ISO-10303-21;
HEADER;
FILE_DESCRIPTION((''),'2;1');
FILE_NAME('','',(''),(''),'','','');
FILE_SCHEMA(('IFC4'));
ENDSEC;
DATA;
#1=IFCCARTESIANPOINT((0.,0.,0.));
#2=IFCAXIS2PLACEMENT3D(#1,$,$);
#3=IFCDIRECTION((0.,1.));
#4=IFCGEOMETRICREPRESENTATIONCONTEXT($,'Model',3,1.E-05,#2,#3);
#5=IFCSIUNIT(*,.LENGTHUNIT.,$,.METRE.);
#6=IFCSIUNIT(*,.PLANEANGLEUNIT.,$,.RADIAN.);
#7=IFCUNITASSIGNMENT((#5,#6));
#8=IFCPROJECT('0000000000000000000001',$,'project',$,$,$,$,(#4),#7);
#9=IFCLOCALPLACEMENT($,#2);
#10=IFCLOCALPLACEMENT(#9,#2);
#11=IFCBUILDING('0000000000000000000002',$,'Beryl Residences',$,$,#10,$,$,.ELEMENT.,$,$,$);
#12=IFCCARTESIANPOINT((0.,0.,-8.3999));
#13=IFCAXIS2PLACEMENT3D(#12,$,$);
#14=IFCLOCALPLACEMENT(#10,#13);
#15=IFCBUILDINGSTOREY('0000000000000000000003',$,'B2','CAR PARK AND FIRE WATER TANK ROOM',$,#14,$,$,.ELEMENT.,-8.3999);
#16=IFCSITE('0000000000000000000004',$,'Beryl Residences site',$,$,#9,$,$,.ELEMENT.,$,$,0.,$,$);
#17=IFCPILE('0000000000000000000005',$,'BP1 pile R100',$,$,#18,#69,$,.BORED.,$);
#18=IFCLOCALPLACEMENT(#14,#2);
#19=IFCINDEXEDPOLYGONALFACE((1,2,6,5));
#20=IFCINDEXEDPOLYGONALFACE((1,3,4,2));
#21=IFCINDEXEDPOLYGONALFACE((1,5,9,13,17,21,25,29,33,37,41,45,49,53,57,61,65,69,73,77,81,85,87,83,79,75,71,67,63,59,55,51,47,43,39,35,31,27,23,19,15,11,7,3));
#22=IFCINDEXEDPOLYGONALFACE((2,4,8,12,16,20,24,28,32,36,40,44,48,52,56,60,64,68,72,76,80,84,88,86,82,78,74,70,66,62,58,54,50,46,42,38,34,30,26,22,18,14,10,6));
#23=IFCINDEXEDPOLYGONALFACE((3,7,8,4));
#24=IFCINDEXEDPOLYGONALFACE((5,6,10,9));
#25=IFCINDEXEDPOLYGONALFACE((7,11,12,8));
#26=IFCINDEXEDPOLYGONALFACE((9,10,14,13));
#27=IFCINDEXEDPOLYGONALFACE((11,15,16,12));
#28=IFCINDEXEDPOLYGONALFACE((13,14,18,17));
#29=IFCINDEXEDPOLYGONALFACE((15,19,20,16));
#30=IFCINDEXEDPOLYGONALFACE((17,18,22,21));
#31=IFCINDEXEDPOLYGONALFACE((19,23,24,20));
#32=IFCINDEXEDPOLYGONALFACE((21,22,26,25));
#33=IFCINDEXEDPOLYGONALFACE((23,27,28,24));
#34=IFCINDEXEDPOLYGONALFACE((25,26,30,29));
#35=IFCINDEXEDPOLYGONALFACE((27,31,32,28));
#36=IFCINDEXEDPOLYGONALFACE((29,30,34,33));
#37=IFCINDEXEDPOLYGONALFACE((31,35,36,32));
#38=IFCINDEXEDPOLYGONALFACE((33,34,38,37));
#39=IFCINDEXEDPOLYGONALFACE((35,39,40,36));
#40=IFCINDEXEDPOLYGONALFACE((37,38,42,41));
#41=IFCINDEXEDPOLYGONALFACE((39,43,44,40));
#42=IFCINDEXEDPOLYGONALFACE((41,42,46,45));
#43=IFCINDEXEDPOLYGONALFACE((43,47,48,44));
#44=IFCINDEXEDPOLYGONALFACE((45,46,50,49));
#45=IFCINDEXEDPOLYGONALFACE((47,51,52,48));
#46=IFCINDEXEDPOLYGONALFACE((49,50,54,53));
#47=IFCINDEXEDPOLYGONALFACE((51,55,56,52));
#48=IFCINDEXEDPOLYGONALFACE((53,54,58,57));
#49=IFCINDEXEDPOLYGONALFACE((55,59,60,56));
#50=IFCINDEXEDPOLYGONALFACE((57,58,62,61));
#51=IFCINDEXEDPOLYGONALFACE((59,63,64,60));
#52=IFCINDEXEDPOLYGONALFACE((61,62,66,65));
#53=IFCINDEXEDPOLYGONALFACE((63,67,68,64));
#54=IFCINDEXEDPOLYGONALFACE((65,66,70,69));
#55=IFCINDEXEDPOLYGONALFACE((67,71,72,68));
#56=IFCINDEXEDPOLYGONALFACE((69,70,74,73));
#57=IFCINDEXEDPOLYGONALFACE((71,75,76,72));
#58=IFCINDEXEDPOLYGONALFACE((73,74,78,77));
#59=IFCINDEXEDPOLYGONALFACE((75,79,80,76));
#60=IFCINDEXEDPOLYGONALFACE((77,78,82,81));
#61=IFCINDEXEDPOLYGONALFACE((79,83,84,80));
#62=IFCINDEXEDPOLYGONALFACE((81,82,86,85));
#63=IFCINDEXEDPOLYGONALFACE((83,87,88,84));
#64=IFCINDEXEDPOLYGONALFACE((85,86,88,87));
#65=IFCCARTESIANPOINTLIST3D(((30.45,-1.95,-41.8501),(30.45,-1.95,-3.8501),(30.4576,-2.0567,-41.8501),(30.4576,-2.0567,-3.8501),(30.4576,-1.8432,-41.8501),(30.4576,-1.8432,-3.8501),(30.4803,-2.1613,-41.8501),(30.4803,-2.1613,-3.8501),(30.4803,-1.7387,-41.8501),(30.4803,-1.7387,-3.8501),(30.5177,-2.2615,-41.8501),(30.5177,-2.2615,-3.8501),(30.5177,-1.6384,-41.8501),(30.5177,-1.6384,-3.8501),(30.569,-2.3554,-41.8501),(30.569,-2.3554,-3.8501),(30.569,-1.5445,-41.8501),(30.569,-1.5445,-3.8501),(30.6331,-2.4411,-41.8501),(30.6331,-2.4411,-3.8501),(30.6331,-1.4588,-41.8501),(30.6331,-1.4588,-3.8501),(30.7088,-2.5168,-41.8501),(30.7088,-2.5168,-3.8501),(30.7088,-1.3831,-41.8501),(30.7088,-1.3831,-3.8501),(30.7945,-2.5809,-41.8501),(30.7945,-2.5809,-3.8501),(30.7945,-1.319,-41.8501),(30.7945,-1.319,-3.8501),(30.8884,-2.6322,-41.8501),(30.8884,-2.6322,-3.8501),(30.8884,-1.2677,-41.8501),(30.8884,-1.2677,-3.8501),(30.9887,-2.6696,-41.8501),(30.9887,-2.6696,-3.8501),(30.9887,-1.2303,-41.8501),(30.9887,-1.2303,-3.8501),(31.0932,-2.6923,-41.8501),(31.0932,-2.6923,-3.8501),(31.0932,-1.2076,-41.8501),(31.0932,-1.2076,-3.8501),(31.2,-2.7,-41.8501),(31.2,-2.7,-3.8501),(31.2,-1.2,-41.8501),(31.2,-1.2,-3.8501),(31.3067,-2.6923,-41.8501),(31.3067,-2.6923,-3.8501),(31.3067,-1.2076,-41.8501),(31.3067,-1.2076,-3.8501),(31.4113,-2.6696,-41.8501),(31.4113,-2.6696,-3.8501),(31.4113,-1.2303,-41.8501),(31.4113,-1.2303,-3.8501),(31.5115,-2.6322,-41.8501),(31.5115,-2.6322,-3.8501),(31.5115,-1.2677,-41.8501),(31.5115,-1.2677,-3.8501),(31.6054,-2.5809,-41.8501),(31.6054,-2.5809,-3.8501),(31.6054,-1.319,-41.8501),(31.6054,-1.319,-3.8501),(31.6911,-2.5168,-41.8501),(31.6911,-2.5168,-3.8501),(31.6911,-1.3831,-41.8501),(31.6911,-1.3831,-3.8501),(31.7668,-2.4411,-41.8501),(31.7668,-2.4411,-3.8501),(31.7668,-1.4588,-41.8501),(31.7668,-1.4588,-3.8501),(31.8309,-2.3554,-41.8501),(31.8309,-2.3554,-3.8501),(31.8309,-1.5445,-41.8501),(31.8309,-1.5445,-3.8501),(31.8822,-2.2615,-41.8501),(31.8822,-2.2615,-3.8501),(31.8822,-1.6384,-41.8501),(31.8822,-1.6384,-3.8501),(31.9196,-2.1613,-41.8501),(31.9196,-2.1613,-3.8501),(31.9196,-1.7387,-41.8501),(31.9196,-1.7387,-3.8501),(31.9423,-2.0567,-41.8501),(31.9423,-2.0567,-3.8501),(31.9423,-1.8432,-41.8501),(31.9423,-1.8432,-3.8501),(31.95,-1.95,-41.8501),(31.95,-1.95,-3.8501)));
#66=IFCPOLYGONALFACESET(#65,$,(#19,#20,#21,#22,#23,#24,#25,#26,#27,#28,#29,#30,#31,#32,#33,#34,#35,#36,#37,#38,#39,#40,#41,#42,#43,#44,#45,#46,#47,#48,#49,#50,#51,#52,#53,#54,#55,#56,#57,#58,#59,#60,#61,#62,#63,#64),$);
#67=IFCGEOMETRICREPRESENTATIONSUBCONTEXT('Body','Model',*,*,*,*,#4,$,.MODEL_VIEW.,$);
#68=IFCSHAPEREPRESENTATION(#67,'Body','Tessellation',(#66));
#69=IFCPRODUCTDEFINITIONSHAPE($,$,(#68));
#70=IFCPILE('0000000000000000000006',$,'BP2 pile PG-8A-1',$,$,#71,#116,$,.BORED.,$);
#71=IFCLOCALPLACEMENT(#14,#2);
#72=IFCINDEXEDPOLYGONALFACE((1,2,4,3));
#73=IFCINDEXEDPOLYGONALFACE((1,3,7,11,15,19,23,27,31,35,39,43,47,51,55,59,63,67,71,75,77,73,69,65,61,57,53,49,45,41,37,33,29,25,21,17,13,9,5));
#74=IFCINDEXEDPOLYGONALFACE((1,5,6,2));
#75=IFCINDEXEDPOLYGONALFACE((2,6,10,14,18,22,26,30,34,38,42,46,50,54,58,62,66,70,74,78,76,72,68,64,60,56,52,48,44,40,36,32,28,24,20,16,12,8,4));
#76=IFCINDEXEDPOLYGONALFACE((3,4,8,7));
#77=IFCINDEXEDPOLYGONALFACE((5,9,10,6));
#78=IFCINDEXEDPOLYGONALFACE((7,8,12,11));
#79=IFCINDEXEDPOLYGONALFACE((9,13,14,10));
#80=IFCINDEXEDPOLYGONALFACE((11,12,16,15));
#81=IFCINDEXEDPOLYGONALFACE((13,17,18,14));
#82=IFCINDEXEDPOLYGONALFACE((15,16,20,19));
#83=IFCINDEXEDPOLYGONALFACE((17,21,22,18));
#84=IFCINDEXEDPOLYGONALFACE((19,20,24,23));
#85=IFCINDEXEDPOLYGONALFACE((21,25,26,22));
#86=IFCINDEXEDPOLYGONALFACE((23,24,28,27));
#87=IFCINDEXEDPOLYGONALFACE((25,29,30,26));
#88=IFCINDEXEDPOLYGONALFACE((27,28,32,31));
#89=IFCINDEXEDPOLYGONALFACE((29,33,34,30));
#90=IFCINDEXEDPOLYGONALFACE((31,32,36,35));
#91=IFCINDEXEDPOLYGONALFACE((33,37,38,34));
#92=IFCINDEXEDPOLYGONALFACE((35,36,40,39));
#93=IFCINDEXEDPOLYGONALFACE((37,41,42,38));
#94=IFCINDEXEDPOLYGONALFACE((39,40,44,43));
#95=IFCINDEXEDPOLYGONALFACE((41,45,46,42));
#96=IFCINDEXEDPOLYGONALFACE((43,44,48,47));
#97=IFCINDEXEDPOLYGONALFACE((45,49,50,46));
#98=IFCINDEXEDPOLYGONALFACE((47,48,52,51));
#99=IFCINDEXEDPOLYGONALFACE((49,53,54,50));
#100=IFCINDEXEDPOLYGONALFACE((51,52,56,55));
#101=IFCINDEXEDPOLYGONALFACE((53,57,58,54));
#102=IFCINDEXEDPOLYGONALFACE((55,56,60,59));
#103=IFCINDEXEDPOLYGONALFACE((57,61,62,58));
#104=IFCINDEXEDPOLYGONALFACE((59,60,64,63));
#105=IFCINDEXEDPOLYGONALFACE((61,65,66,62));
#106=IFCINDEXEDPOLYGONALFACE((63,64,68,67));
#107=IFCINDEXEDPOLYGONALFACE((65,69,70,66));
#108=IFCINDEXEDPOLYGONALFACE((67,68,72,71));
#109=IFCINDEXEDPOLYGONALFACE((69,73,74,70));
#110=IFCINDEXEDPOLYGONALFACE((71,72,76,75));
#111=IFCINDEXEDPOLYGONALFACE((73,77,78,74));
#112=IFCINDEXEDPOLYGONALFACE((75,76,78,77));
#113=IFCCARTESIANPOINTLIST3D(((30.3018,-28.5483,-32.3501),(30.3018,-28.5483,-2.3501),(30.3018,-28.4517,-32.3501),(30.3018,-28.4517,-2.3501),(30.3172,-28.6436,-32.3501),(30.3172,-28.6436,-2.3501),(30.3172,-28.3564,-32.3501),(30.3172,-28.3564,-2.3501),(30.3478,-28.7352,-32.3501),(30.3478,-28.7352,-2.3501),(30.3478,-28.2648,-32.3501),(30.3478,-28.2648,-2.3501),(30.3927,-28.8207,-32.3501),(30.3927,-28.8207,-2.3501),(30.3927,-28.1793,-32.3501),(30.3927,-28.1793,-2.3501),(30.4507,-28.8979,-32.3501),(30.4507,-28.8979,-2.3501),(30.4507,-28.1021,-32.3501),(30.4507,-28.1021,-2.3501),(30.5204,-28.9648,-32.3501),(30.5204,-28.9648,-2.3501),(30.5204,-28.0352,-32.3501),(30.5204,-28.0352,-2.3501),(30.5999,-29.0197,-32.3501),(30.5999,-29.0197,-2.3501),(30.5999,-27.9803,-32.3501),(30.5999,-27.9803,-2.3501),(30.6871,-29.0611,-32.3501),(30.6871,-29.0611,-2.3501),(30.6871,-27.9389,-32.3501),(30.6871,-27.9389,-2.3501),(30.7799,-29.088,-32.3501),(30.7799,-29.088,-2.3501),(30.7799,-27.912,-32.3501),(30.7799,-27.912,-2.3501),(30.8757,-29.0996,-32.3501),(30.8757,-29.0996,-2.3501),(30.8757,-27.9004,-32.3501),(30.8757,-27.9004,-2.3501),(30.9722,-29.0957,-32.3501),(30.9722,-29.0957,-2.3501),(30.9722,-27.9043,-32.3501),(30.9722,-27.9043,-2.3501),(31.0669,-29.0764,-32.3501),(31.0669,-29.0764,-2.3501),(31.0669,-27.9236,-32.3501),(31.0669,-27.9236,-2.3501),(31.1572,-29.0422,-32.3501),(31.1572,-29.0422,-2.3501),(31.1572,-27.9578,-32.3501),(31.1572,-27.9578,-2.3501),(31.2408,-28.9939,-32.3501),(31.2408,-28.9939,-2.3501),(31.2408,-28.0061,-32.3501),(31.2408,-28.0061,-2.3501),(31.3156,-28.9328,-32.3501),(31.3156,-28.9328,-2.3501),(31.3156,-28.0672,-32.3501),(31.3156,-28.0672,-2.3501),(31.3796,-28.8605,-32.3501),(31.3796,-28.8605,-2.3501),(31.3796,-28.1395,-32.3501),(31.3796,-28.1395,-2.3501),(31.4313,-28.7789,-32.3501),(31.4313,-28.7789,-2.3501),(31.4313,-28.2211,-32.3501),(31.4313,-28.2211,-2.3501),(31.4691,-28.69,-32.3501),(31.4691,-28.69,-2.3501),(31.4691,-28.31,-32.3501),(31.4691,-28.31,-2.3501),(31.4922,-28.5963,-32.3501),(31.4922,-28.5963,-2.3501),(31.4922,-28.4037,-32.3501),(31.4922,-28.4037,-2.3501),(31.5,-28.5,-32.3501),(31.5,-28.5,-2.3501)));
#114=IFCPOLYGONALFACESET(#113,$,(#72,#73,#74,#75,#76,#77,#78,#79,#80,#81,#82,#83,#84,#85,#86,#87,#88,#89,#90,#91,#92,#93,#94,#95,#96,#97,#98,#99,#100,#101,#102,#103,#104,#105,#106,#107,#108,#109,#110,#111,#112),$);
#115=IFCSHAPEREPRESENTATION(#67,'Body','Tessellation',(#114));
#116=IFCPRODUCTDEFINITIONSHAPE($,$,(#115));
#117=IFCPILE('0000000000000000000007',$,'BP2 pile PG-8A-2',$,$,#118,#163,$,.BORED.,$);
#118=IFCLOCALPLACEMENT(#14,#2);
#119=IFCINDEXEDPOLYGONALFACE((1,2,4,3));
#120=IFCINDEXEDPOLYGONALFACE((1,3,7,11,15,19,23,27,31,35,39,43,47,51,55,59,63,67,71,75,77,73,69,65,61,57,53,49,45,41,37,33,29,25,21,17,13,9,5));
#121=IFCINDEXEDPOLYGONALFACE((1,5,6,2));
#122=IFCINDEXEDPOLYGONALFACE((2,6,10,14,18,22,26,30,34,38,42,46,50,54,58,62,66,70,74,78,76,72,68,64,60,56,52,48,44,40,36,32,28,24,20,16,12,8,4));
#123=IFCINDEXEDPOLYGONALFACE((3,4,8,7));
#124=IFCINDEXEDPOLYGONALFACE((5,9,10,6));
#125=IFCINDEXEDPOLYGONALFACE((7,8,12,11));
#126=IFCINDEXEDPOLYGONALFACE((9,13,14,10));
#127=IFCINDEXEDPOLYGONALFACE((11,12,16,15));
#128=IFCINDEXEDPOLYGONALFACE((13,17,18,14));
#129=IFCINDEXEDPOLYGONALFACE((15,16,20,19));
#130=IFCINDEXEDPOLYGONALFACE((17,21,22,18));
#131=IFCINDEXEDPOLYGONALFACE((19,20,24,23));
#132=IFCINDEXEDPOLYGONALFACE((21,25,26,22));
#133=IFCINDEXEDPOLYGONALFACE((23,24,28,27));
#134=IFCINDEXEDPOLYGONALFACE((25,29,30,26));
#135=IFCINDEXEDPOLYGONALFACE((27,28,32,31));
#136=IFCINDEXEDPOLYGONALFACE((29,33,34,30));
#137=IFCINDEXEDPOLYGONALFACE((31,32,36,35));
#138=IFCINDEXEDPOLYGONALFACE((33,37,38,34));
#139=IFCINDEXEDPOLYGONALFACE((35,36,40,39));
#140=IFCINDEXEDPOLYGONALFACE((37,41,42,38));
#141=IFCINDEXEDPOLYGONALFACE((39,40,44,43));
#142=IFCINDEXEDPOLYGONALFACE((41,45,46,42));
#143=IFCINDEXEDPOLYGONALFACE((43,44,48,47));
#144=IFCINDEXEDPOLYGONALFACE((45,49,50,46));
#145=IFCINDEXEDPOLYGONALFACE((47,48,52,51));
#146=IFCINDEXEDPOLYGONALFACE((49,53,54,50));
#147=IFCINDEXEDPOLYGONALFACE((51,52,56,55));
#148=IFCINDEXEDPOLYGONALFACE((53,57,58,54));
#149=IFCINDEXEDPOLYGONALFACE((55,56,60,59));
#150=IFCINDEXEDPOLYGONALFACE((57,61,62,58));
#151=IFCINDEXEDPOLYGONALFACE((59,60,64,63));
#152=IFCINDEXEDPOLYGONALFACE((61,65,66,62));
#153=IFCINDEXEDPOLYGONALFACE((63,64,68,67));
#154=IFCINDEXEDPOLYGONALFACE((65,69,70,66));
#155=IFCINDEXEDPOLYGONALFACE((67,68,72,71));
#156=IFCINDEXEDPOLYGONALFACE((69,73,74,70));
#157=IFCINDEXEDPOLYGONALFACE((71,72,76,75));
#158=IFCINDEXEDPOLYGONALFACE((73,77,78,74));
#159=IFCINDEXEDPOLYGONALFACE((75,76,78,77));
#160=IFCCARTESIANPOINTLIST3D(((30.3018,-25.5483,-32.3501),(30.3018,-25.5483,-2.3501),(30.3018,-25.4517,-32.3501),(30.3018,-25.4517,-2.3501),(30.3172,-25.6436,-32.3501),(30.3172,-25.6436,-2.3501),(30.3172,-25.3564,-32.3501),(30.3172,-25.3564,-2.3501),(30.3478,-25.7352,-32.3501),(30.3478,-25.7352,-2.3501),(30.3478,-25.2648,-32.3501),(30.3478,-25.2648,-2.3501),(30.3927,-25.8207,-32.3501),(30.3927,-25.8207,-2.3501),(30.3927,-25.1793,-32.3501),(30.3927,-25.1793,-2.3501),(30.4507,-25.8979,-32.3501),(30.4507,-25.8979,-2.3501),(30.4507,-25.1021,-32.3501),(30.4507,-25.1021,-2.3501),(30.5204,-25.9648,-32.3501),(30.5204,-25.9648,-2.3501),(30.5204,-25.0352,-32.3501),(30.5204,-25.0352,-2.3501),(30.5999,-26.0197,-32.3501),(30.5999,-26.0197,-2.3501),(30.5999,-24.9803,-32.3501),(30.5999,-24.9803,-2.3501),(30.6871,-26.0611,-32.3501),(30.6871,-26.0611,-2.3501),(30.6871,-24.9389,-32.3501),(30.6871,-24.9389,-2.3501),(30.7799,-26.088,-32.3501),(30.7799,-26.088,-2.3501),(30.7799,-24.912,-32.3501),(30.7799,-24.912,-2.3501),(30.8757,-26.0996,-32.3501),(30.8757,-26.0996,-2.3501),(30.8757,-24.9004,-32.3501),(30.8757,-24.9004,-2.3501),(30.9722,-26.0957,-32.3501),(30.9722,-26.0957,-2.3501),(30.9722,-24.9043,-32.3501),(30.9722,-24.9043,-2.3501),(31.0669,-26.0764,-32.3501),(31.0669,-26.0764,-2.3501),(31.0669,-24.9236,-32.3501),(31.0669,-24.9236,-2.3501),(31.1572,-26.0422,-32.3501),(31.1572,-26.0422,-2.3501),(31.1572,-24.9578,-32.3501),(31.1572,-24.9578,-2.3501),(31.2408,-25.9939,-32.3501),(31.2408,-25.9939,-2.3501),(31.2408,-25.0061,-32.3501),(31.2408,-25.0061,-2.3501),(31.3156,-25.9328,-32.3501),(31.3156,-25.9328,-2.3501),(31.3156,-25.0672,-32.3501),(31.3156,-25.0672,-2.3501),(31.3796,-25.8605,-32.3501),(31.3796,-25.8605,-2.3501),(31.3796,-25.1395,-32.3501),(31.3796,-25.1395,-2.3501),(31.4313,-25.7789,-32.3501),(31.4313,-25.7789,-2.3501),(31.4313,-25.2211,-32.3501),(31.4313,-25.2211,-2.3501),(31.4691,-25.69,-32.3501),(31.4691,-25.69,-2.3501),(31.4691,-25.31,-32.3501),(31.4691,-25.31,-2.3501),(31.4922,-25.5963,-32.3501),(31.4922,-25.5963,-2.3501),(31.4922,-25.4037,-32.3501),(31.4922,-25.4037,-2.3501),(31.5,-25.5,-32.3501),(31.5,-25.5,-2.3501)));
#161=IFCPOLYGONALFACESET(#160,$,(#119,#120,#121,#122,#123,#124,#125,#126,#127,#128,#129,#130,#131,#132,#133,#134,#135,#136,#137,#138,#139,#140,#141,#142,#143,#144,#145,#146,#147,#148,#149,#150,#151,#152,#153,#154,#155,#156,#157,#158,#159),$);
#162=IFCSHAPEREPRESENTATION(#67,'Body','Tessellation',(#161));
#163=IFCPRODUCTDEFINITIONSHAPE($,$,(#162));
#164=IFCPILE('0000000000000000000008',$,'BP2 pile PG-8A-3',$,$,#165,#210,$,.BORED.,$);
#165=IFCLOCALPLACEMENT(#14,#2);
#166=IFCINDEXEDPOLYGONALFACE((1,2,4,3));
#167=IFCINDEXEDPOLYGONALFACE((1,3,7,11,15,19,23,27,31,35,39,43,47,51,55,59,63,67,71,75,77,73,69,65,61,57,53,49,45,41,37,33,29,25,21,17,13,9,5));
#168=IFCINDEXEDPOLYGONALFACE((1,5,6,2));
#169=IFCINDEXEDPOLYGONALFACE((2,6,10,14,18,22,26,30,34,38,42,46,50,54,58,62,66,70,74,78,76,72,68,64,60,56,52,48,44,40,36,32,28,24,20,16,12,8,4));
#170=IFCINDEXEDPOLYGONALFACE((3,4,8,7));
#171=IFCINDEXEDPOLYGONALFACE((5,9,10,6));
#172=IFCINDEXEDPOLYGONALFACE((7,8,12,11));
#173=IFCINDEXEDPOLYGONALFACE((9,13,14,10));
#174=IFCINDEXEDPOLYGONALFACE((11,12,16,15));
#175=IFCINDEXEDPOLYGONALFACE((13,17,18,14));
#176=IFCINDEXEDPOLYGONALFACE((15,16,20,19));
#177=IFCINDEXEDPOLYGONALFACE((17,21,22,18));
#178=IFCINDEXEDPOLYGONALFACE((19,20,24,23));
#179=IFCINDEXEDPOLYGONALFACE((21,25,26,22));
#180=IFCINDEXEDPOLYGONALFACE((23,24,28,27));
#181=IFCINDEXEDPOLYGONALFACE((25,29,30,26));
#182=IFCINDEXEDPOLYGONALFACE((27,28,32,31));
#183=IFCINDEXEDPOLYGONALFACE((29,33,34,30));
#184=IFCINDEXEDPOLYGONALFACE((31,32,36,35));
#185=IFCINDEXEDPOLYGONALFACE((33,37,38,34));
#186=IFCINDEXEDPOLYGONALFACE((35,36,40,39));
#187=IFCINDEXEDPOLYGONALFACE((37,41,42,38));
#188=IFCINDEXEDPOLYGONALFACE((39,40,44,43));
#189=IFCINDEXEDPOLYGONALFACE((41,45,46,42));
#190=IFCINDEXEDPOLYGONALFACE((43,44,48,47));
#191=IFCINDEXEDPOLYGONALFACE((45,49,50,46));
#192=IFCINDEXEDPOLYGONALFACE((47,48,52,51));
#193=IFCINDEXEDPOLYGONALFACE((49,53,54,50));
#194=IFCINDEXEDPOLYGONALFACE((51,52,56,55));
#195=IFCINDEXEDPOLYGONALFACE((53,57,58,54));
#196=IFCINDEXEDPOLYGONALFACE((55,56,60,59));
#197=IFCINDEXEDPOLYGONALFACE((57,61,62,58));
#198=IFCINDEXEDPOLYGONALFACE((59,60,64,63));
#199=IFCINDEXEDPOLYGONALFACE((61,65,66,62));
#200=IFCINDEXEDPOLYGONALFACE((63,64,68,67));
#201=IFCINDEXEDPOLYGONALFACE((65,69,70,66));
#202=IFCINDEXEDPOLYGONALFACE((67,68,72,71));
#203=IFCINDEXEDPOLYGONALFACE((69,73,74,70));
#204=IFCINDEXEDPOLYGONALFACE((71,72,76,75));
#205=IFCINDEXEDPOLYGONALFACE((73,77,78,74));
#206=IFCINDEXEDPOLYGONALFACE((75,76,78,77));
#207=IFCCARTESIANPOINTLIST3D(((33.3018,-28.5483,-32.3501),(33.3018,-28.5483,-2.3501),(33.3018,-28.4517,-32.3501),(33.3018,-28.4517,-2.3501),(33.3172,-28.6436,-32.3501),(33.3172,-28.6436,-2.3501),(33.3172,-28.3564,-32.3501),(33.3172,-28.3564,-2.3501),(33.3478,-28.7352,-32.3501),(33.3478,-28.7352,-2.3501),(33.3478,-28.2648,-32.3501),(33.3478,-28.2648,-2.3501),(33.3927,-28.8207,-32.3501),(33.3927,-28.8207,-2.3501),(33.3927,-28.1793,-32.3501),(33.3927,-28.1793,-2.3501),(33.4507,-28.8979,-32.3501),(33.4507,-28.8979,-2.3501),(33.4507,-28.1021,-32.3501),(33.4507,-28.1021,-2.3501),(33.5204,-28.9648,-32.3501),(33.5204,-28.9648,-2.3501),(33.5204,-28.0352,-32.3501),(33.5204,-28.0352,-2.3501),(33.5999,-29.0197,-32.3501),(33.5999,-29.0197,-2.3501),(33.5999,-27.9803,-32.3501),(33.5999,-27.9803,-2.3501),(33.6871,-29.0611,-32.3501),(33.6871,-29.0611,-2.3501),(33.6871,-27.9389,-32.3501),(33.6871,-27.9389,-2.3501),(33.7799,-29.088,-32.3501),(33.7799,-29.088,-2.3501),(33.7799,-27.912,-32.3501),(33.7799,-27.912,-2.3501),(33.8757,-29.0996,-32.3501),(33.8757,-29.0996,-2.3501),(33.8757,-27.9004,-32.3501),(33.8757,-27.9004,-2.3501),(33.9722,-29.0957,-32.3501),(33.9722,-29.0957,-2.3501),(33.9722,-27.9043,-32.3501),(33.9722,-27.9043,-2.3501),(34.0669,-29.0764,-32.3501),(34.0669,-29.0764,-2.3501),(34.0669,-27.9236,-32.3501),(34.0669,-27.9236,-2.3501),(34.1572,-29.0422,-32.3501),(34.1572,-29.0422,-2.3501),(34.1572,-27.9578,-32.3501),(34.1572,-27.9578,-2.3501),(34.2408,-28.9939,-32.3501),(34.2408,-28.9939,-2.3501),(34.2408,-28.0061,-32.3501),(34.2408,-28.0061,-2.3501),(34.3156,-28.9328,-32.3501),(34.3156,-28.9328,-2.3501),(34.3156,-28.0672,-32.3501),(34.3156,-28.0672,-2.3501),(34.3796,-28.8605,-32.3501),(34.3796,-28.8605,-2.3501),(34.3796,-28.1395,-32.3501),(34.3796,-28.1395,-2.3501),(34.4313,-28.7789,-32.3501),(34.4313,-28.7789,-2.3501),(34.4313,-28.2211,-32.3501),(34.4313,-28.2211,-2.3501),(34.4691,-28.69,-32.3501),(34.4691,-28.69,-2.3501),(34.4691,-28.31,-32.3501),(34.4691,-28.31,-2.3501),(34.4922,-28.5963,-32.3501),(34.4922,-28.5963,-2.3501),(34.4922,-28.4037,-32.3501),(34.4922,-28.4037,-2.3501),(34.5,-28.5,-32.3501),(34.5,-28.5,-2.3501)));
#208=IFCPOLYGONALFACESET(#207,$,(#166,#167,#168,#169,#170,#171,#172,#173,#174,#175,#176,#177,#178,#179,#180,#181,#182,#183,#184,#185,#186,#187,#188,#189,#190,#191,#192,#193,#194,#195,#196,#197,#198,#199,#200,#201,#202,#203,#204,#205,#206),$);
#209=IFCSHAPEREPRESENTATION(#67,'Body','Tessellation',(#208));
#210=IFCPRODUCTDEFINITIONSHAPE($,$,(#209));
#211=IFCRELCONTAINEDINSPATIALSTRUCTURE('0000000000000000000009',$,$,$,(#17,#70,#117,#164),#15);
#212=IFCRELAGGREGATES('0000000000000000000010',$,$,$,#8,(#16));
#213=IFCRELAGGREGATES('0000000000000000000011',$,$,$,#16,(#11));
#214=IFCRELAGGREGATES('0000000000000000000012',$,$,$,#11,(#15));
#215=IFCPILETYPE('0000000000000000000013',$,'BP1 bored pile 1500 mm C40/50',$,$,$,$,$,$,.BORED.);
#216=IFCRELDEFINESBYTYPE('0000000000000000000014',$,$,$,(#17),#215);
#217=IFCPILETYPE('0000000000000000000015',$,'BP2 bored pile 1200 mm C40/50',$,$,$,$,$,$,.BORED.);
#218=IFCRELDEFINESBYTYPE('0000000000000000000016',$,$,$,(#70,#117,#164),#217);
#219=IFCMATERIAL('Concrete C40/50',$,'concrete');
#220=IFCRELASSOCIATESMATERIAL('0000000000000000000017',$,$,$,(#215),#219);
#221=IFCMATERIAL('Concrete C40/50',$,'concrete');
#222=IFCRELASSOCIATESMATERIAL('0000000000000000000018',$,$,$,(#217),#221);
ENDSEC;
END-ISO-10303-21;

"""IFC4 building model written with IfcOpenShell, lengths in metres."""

from ifc_helpers import new_model, si_unit, direction, frame, origin, origin_2d, place, context, subcontext, project, spatial, circle, extrude, material, material_profile, profile_set, type_object, element, save


model = new_model("IFC4")

# Units and contexts
model_context = context("Model", 3, precision=1e-05, world=origin(), true_north=direction((0.0, 1.0)))
body_context = subcontext(model_context, "Body", "Model", "MODEL_VIEW")
ifc_project = project(units=[si_unit("LENGTHUNIT", "METRE"), si_unit("PLANEANGLEUNIT", "RADIAN")], contexts=[model_context])

# Site, building, storey
site_placement = place(None, origin())
site = spatial("IfcSite", under=ifc_project, at=site_placement, Name="Beryl Residences site", CompositionType="ELEMENT", RefElevation=0.0)
building_placement = place(site_placement, origin())
building = spatial("IfcBuilding", under=site, at=building_placement, Name="Beryl Residences", CompositionType="ELEMENT")
storey_placement = place(building_placement, frame((0.0, 0.0, -8.3999)))
storey = spatial("IfcBuildingStorey", under=building, at=storey_placement, Name="B2", Description="CAR PARK AND FIRE WATER TANK ROOM", CompositionType="ELEMENT", Elevation=-8.3999)

# Piles
ifc_material_1 = material(Name="Concrete C40/50", Category="concrete")
ifc_material_profile_1 = material_profile(ifc_material_1, circle(Radius=0.75, at=origin_2d()))
ifc_profile_set_1 = profile_set([ifc_material_profile_1], Name="Concrete C40/50")
pile_type_1 = type_object("IfcPileType", Name="BP1 bored pile 1500 mm C40/50", PredefinedType="BORED", material=ifc_profile_set_1)
for number, where, z_axis, x_axis, name in (
    (1, (31.2, -1.95, -3.8501), (0.0, 0.0, -1.0), (1.0, 0.0, 0.0), "BP1 pile R100"),
):
    element("IfcPile", number, at=place(storey_placement, frame(where, z_axis=z_axis, x_axis=x_axis)), inside=storey, type_object=pile_type_1, Name=name, PredefinedType="BORED", context=body_context, shape_type="SweptSolid", body=[
        extrude(circle(Radius=0.75, at=origin_2d()), origin(), (0.0, 0.0, 1.0), 38.0),
    ])
ifc_material_2 = material(Name="Concrete C40/50", Category="concrete")
ifc_material_profile_2 = material_profile(ifc_material_2, circle(Radius=0.6001, at=origin_2d()))
ifc_profile_set_2 = profile_set([ifc_material_profile_2], Name="Concrete C40/50")
pile_type_2 = type_object("IfcPileType", Name="BP2 bored pile 1200 mm C40/50", PredefinedType="BORED", material=ifc_profile_set_2)
for number, where, z_axis, x_axis, name in (
    (2, (30.8999, -28.5, -2.3501), (0.0, 0.0, -1.0), (1.0, 0.0, 0.0), "BP2 pile PG-8A-1"),
    (3, (30.8999, -25.5, -2.3501), (0.0, 0.0, -1.0), (1.0, 0.0, 0.0), "BP2 pile PG-8A-2"),
    (4, (33.8999, -28.5, -2.3501), (0.0, 0.0, -1.0), (1.0, 0.0, 0.0), "BP2 pile PG-8A-3"),
):
    element("IfcPile", number, at=place(storey_placement, frame(where, z_axis=z_axis, x_axis=x_axis)), inside=storey, type_object=pile_type_2, Name=name, PredefinedType="BORED", context=body_context, shape_type="SweptSolid", body=[
        extrude(circle(Radius=0.6001, at=origin_2d()), origin(), (0.0, 0.0, 1.0), 30.0),
    ])

save(model, "model.ifc")
